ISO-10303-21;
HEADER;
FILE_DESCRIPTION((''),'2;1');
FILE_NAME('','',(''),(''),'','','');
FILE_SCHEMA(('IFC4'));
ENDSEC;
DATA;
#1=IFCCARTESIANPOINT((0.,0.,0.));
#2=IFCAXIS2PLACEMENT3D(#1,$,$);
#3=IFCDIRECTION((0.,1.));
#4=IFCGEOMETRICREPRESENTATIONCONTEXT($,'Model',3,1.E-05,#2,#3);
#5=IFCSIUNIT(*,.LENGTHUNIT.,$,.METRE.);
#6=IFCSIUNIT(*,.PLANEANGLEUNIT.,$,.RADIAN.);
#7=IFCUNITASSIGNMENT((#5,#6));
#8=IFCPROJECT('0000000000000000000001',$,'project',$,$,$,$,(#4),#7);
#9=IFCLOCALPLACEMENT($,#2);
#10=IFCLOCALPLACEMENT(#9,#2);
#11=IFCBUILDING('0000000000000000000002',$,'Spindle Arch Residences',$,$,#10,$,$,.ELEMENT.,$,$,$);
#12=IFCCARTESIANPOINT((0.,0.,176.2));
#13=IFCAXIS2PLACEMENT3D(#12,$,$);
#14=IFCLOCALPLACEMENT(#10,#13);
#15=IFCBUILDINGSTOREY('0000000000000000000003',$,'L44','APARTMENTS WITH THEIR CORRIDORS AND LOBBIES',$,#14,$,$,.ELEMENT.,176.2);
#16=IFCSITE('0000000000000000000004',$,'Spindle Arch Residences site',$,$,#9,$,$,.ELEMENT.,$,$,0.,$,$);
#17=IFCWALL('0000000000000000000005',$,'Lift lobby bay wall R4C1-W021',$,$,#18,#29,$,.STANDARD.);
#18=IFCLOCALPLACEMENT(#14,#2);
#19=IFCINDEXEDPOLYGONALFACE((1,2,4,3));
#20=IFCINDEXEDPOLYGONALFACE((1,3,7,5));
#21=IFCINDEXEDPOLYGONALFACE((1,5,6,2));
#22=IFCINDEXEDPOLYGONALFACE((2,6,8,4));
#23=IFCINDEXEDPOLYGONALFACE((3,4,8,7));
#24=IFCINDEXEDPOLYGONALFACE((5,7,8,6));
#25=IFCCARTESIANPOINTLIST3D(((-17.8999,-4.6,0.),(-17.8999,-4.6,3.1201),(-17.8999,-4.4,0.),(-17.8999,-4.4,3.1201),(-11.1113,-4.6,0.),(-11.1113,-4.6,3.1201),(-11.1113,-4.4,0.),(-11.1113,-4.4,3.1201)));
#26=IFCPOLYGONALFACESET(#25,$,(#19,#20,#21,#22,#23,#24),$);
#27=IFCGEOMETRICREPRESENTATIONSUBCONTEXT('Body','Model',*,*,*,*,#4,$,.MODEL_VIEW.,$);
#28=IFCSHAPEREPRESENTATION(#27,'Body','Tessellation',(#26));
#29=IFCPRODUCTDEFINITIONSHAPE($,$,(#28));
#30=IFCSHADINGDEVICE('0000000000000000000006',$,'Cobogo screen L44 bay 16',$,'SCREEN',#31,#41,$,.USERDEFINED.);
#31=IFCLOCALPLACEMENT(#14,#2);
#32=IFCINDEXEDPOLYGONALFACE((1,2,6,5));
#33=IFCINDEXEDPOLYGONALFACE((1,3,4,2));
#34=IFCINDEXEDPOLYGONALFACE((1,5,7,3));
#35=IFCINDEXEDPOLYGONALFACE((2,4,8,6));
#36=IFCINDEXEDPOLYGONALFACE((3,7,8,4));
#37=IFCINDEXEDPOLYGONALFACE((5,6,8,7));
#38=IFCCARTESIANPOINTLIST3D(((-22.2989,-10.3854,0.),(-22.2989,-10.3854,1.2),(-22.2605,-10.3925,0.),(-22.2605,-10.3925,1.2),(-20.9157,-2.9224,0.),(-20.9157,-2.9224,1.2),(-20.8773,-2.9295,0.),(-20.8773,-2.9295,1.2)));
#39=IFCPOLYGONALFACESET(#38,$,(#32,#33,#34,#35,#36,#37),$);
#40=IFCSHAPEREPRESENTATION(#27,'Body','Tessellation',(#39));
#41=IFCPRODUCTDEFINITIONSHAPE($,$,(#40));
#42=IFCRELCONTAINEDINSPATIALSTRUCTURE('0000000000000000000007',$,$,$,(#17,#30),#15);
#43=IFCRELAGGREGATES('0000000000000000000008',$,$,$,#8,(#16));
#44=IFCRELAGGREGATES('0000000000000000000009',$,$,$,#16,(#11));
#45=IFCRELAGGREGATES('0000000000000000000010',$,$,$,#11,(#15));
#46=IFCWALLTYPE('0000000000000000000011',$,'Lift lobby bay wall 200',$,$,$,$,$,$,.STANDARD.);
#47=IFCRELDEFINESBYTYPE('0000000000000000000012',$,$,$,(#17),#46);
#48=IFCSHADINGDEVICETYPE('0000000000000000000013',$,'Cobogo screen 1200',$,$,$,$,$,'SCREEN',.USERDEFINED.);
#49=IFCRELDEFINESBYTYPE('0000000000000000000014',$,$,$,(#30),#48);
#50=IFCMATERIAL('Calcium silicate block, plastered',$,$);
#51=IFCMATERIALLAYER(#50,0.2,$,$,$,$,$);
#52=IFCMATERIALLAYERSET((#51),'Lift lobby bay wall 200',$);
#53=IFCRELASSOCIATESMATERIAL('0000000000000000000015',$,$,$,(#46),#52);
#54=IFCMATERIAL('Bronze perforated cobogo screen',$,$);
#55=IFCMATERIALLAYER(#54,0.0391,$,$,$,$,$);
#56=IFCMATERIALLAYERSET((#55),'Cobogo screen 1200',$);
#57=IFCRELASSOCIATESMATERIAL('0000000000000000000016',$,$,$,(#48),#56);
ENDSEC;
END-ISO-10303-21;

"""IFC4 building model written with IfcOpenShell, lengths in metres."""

from ifc_helpers import new_model, si_unit, direction, frame, frame_2d, origin, origin_2d, place, context, subcontext, project, spatial, rectangle, extrude, material, layer, layer_set, type_object, element, save


model = new_model("IFC4")

# Units and contexts
model_context = context("Model", 3, precision=1e-05, world=origin(), true_north=direction((0.0, 1.0)))
body_context = subcontext(model_context, "Body", "Model", "MODEL_VIEW")
ifc_project = project(units=[si_unit("LENGTHUNIT", "METRE"), si_unit("PLANEANGLEUNIT", "RADIAN")], contexts=[model_context])

# Site, building, storey
site_placement = place(None, origin())
site = spatial("IfcSite", under=ifc_project, at=site_placement, Name="Spindle Arch Residences site", CompositionType="ELEMENT", RefElevation=0.0)
building_placement = place(site_placement, origin())
building = spatial("IfcBuilding", under=site, at=building_placement, Name="Spindle Arch Residences", CompositionType="ELEMENT")
storey_placement = place(building_placement, frame((0.0, 0.0, 176.2)))
storey = spatial("IfcBuildingStorey", under=building, at=storey_placement, Name="L44", Description="APARTMENTS WITH THEIR CORRIDORS AND LOBBIES", CompositionType="ELEMENT", Elevation=176.2)

# Wall
ifc_material_1 = material(Name="Calcium silicate block, plastered")
ifc_layer_1 = layer(ifc_material_1, 0.2)
ifc_layer_set_1 = layer_set([ifc_layer_1], Name="Lift lobby bay wall 200")
wall_type_1 = type_object("IfcWallType", Name="Lift lobby bay wall 200", PredefinedType="STANDARD", material=ifc_layer_set_1)
wall_1_placement = place(storey_placement, frame((-17.8999, -4.5, 0.0), z_axis=(0.0, 0.0, 1.0), x_axis=(1.0, 0.0, 0.0)))
element("IfcWall", 1, at=wall_1_placement, inside=storey, type_object=wall_type_1, Name="Lift lobby bay wall R4C1-W021", PredefinedType="STANDARD", context=body_context, shape_type="SweptSolid", body=[
    extrude(rectangle(XDim=6.7886, YDim=0.2, at=frame_2d((3.3943, 0.0))), origin(), (0.0, 0.0, 1.0), 3.1201),
])

# Shading device
ifc_material_2 = material(Name="Bronze perforated cobogo screen")
ifc_layer_2 = layer(ifc_material_2, 0.0391)
ifc_layer_set_2 = layer_set([ifc_layer_2], Name="Cobogo screen 1200")
shading_device_type = type_object("IfcShadingDeviceType", Name="Cobogo screen 1200", ElementType="SCREEN", PredefinedType="USERDEFINED", material=ifc_layer_set_2)
shading_device_placement = place(storey_placement, frame((-21.5881, -6.6575, 0.0), z_axis=(0.0, 0.0, 1.0), x_axis=(-0.182236, -0.983255, 0.0)))
element("IfcShadingDevice", 2, at=shading_device_placement, inside=storey, type_object=shading_device_type, Name="Cobogo screen L44 bay 16", ObjectType="SCREEN", PredefinedType="USERDEFINED", context=body_context, shape_type="SweptSolid", body=[
    extrude(rectangle(XDim=7.5901, YDim=0.0391, at=origin_2d()), origin(), (0.0, 0.0, 1.0), 1.2),
])

save(model, "model.ifc")
